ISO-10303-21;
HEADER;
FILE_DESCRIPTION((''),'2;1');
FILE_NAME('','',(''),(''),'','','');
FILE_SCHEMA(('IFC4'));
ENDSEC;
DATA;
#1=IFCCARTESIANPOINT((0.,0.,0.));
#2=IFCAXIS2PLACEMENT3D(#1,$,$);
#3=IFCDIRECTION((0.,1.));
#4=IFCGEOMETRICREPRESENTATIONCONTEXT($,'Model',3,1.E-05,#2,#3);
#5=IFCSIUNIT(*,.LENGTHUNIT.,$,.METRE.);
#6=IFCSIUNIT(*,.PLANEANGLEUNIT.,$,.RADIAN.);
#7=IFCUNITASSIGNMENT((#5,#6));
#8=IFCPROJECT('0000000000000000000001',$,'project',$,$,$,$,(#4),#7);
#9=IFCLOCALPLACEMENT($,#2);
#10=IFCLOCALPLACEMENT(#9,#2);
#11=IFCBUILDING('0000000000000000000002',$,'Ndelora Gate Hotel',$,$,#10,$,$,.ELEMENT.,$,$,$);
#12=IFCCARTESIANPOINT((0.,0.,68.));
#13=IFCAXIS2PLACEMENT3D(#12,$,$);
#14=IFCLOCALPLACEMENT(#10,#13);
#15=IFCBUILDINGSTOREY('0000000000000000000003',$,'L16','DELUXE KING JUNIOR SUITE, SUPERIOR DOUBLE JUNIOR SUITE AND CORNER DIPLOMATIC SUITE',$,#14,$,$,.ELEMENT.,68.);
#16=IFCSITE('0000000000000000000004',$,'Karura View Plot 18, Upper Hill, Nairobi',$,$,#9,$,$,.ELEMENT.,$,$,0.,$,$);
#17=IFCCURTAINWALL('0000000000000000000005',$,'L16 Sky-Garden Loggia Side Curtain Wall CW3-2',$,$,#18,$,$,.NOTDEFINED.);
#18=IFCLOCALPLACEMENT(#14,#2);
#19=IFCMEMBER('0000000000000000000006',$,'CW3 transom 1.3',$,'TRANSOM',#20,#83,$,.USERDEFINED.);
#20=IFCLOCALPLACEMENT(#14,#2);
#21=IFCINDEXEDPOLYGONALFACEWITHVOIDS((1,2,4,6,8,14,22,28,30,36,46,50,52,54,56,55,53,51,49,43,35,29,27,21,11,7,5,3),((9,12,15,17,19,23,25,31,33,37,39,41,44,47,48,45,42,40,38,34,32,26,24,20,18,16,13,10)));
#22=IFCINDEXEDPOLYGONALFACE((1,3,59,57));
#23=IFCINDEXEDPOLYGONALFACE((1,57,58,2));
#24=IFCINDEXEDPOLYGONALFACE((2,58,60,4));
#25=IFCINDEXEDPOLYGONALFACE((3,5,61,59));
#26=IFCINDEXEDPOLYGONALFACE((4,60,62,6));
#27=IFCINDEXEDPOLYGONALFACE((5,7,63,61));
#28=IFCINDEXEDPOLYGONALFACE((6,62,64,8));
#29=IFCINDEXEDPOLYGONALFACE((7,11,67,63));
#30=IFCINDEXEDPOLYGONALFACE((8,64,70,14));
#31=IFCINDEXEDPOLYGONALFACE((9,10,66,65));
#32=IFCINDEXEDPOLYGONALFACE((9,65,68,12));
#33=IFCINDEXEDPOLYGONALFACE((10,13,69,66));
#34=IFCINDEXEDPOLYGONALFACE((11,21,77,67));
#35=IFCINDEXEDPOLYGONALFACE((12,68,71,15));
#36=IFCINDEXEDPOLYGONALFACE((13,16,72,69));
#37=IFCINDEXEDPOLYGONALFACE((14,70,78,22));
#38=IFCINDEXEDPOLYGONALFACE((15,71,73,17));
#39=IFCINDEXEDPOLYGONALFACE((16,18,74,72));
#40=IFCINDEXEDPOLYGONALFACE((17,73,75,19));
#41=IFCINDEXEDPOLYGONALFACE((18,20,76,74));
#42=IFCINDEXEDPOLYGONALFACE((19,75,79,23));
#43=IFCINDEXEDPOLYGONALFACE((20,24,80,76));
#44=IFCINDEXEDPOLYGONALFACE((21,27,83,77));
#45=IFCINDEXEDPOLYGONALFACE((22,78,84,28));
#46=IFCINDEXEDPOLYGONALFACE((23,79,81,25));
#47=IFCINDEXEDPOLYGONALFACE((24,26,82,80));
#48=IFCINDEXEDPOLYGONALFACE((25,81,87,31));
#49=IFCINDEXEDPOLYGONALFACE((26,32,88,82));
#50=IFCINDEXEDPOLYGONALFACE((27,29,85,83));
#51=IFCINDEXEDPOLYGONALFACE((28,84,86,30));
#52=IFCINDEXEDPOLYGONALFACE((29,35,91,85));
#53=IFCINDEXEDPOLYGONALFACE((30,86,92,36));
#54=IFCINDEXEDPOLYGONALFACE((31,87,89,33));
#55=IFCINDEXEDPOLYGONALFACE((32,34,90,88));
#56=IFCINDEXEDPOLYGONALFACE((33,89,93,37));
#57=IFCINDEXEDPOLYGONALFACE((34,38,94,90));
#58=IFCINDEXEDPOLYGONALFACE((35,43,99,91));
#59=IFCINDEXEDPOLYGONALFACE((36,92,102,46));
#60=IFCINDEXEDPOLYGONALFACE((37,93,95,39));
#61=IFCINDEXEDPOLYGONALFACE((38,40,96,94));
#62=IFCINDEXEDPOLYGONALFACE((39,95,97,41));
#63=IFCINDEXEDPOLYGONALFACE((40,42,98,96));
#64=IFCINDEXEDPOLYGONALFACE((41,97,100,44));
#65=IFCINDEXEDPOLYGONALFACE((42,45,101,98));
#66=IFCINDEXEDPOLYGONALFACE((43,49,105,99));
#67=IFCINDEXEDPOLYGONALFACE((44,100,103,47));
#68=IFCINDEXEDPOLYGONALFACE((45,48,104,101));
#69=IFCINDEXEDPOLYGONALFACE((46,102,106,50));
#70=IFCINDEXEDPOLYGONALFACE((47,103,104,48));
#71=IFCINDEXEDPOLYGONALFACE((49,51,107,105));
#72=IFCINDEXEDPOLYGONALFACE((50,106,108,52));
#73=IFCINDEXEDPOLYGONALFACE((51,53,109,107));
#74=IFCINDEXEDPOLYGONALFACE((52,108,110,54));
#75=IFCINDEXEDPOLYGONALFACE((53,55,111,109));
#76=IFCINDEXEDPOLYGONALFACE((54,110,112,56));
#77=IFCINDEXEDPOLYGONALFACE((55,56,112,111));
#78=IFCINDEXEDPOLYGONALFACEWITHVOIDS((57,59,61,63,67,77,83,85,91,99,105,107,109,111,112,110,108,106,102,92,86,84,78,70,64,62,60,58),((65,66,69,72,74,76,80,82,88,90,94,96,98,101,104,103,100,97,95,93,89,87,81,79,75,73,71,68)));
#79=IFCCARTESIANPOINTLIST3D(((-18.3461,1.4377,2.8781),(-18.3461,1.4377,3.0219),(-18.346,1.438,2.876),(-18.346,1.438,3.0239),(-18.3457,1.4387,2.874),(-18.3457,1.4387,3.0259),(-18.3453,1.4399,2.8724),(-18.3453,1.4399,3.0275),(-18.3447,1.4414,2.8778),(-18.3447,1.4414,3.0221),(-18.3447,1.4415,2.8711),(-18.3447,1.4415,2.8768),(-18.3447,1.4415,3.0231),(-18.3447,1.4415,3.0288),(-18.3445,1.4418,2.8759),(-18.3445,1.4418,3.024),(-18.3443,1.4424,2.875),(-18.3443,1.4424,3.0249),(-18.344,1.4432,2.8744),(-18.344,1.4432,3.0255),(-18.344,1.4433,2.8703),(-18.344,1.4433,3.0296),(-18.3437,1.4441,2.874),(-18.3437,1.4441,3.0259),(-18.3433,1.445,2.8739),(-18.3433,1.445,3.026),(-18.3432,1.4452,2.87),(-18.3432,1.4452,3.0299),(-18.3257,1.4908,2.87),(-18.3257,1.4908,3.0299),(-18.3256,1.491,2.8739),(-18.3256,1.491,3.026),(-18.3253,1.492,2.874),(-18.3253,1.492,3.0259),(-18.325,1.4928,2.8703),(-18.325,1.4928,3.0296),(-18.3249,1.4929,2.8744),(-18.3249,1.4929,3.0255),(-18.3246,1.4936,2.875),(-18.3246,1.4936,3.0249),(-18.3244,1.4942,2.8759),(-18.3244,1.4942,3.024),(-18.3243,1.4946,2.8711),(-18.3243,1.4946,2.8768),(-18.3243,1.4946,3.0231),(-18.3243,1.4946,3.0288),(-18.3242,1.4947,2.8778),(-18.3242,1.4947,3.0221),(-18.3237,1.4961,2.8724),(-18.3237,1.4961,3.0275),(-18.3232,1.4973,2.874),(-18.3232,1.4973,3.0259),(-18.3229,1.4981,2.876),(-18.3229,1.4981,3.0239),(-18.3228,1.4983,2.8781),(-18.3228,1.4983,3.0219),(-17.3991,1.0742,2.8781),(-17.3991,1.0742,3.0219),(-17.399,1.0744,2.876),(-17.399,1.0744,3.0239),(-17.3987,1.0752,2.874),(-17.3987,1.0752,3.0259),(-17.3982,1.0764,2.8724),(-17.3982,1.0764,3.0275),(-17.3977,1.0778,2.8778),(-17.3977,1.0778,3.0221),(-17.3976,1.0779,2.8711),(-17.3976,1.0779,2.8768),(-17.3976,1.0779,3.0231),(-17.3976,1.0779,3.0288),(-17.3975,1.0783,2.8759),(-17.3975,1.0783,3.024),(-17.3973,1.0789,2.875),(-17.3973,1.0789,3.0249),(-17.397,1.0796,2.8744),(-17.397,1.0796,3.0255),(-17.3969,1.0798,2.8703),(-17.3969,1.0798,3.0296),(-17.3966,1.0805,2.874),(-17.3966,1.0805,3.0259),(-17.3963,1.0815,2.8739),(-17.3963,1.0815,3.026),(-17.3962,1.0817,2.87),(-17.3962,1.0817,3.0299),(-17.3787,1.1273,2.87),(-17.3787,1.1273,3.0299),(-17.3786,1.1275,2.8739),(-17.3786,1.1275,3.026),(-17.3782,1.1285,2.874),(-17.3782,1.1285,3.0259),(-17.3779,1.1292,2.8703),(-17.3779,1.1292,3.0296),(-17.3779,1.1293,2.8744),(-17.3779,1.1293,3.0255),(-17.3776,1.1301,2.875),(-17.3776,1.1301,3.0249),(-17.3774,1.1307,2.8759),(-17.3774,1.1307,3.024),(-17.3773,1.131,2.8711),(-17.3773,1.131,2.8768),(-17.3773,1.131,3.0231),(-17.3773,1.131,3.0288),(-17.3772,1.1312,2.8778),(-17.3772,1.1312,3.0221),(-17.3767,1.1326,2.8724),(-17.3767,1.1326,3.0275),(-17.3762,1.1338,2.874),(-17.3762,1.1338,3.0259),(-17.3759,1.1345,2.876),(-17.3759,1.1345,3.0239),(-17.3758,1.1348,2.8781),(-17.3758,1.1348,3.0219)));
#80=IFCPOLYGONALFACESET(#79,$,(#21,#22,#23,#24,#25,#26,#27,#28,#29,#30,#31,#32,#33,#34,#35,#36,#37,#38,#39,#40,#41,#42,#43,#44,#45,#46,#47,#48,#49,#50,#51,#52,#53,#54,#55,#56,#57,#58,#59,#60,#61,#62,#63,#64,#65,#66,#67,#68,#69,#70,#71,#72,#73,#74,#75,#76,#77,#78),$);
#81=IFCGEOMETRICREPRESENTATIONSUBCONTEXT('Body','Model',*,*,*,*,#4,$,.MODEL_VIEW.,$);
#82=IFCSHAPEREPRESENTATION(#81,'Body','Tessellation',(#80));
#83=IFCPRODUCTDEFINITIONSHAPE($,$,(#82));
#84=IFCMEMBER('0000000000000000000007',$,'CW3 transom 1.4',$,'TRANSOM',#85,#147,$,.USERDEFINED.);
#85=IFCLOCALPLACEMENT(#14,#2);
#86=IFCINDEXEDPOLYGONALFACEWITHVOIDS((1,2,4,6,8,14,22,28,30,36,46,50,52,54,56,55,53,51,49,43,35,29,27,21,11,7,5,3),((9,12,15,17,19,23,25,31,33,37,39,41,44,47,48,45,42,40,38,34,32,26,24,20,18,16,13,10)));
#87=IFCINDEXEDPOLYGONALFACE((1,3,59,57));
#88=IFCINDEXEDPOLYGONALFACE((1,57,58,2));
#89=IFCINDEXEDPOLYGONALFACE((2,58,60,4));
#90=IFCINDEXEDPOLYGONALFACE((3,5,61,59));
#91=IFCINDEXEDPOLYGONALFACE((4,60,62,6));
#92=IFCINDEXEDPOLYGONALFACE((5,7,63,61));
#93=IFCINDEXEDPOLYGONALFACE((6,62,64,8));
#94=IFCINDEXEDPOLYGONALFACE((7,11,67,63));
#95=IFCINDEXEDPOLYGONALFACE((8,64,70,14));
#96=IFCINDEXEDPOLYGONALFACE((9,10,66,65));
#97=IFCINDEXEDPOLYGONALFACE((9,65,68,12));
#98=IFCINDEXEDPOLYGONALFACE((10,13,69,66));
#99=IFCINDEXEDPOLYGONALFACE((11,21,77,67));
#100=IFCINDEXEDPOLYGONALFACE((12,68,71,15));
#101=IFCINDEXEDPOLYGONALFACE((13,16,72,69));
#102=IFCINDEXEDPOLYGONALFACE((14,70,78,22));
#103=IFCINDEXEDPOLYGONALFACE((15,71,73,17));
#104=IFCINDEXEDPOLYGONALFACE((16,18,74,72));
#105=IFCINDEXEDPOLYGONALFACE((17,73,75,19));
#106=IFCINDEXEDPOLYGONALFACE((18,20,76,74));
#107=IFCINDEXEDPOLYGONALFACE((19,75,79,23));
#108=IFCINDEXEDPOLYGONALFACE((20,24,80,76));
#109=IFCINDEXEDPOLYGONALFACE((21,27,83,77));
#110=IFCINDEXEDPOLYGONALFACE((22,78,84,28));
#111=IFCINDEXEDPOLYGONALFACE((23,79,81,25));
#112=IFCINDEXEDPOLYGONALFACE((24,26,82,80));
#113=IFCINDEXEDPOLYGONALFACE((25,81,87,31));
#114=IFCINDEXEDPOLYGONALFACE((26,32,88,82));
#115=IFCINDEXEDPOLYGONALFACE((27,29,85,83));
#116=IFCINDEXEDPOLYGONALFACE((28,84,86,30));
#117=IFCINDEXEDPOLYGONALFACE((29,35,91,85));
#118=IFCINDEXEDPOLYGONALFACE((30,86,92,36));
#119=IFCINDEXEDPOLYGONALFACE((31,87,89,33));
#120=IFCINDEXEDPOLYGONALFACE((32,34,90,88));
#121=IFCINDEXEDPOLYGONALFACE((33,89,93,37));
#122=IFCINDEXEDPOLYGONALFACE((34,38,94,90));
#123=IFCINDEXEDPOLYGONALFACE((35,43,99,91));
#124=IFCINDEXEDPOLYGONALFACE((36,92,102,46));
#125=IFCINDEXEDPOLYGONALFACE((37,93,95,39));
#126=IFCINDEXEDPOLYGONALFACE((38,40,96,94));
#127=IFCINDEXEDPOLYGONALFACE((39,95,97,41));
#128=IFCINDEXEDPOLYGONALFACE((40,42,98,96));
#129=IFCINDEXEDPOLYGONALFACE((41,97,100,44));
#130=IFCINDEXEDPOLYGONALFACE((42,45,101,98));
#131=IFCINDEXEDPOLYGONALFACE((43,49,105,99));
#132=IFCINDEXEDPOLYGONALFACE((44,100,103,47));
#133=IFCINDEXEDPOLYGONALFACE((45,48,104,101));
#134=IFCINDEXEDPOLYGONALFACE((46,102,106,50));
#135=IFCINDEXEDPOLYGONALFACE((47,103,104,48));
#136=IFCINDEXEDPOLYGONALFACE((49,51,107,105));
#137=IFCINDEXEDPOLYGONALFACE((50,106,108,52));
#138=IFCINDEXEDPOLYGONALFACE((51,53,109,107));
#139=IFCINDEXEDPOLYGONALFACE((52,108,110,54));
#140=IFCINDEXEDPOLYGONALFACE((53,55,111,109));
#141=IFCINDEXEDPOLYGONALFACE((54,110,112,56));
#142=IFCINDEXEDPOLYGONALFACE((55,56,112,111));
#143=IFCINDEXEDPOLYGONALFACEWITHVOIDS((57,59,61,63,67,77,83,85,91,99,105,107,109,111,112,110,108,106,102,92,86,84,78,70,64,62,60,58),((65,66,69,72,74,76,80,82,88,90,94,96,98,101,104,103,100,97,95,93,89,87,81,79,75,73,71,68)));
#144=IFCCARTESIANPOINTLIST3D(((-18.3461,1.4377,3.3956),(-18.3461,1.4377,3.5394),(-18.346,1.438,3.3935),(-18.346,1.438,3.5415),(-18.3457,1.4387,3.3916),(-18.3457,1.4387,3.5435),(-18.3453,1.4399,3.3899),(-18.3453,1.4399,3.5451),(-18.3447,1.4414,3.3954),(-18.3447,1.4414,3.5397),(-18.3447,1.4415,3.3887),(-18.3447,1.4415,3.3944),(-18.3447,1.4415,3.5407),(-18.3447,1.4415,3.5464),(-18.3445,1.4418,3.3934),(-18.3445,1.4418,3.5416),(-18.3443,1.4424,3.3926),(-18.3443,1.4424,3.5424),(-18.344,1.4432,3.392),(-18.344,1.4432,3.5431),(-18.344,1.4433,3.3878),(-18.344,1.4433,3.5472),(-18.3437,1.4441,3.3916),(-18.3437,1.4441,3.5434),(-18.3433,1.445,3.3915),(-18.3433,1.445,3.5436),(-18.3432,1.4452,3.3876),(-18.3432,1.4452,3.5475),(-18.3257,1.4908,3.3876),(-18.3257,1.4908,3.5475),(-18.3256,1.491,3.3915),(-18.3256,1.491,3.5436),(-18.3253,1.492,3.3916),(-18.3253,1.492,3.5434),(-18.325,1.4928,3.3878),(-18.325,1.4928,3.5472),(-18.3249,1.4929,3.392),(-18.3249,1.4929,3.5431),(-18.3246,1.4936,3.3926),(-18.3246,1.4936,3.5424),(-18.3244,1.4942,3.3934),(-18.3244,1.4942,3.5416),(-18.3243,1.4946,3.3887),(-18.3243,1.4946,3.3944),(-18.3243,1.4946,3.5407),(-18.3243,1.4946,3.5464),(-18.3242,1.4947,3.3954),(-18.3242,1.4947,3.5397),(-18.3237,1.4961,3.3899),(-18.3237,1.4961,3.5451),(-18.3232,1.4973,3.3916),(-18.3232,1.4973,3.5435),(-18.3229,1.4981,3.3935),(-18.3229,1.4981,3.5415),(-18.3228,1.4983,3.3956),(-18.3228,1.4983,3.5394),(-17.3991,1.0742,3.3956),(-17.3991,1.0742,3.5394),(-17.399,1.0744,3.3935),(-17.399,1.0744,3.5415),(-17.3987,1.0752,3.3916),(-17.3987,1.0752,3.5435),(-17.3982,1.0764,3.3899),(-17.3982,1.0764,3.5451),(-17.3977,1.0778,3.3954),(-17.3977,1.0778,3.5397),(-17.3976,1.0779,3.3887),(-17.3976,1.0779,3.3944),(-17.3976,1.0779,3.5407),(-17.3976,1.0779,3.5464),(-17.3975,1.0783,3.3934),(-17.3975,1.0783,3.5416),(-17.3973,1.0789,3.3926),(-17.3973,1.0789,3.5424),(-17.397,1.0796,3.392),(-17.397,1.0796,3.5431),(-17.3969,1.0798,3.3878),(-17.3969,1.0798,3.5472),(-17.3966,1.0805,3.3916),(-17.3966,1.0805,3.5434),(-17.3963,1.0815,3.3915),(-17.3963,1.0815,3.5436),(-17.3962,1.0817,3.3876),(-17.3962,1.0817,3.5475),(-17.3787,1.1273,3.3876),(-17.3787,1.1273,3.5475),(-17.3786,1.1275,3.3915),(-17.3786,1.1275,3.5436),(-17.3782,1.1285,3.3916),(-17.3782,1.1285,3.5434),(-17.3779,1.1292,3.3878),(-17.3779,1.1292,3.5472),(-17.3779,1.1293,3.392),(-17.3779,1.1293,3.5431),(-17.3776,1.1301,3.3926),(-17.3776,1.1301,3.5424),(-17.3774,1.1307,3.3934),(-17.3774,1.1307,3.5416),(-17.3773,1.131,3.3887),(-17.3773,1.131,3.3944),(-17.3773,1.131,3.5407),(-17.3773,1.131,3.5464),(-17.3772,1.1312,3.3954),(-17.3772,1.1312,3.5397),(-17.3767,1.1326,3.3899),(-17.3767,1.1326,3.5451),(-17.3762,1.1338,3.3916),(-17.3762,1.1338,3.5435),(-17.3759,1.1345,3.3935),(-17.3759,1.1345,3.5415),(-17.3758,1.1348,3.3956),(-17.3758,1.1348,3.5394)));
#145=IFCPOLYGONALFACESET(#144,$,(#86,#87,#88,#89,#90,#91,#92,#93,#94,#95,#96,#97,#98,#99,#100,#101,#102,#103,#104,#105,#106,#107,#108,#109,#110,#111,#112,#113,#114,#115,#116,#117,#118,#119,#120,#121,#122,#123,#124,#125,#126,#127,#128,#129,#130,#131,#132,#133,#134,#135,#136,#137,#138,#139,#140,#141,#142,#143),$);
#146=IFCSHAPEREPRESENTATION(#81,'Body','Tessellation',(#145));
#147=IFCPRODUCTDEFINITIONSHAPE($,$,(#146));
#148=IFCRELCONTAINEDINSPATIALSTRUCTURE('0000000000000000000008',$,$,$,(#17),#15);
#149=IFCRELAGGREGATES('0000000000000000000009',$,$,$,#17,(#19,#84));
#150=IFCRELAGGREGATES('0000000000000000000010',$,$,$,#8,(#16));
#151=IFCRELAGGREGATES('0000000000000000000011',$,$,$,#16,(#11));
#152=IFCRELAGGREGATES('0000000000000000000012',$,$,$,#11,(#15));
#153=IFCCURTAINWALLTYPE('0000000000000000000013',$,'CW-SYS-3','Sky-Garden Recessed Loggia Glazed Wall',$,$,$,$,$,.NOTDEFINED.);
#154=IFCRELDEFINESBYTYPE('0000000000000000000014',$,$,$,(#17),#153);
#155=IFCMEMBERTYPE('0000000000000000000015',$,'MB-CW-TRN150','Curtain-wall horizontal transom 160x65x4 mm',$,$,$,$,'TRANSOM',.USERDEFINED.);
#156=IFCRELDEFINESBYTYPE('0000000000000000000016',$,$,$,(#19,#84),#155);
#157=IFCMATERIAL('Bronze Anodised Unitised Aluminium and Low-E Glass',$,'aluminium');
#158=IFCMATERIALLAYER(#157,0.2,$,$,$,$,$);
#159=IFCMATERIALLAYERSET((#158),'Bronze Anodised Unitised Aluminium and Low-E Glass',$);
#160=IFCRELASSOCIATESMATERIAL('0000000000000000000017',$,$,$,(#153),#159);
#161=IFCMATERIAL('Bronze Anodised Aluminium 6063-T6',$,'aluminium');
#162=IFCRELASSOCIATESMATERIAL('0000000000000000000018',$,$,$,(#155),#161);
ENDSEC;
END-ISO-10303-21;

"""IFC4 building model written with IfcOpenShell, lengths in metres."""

from ifc_helpers import new_model, si_unit, direction, frame, origin, origin_2d, place, context, subcontext, project, spatial, hollow_rectangle, extrude, material, layer, layer_set, material_profile, profile_set, type_object, element, aggregate, save


model = new_model("IFC4")

# Units and contexts
model_context = context("Model", 3, precision=1e-05, world=origin(), true_north=direction((0.0, 1.0)))
body_context = subcontext(model_context, "Body", "Model", "MODEL_VIEW")
ifc_project = project(units=[si_unit("LENGTHUNIT", "METRE"), si_unit("PLANEANGLEUNIT", "RADIAN")], contexts=[model_context])

# Site, building, storey
site_placement = place(None, origin())
site = spatial("IfcSite", under=ifc_project, at=site_placement, Name="Karura View Plot 18, Upper Hill, Nairobi", CompositionType="ELEMENT", RefElevation=0.0)
building_placement = place(site_placement, origin())
building = spatial("IfcBuilding", under=site, at=building_placement, Name="Ndelora Gate Hotel", CompositionType="ELEMENT")
storey_placement = place(building_placement, frame((0.0, 0.0, 68.0)))
storey = spatial("IfcBuildingStorey", under=building, at=storey_placement, Name="L16", Description="DELUXE KING JUNIOR SUITE, SUPERIOR DOUBLE JUNIOR SUITE AND CORNER DIPLOMATIC SUITE", CompositionType="ELEMENT", Elevation=68.0)

# Curtain wall, members
ifc_material_1 = material(Name="Bronze Anodised Unitised Aluminium and Low-E Glass", Category="aluminium")
ifc_layer_1 = layer(ifc_material_1, 0.2)
ifc_layer_set_1 = layer_set([ifc_layer_1], Name="Bronze Anodised Unitised Aluminium and Low-E Glass")
curtain_wall_type = type_object("IfcCurtainWallType", Name="CW-SYS-3", Description="Sky-Garden Recessed Loggia Glazed Wall", PredefinedType="NOTDEFINED", material=ifc_layer_set_1)
curtain_wall_placement = place(storey_placement, origin())
curtain_wall = element("IfcCurtainWall", 1, at=curtain_wall_placement, inside=storey, type_object=curtain_wall_type, Name="L16 Sky-Garden Loggia Side Curtain Wall CW3-2", PredefinedType="NOTDEFINED")
ifc_material_2 = material(Name="Bronze Anodised Aluminium 6063-T6", Category="aluminium")
ifc_material_profile_1 = material_profile(ifc_material_2, hollow_rectangle(XDim=0.0649, YDim=0.1599, WallThickness=0.0039, InnerFilletRadius=0.0039, OuterFilletRadius=0.0081, at=origin_2d()), Name="ALU 160x65x4")
ifc_profile_set_1 = profile_set([ifc_material_profile_1], Name="Bronze Anodised Aluminium 6063-T6")
member_type_1 = type_object("IfcMemberType", Name="MB-CW-TRN150", Description="Curtain-wall horizontal transom 160x65x4 mm", ElementType="TRANSOM", PredefinedType="USERDEFINED", material=ifc_profile_set_1)
member_1_placement = place(storey_placement, frame((-18.3345, 1.468, 2.95), z_axis=(0.933581, -0.358366, 0.0), x_axis=(0.358366, 0.933581, 0.0)))
member_1 = element("IfcMember", 2, at=member_1_placement, type_object=member_type_1, Name="CW3 transom 1.3", ObjectType="TRANSOM", PredefinedType="USERDEFINED", context=body_context, shape_type="SweptSolid", body=[
    extrude(hollow_rectangle(XDim=0.0649, YDim=0.1599, WallThickness=0.0039, InnerFilletRadius=0.0039, OuterFilletRadius=0.0081, at=origin_2d()), origin(), (0.0, 0.0, 1.0), 1.0144),
])
member_2_placement = place(storey_placement, frame((-18.3345, 1.468, 3.4675), z_axis=(0.933581, -0.358366, 0.0), x_axis=(0.358366, 0.933581, 0.0)))
member_2 = element("IfcMember", 3, at=member_2_placement, type_object=member_type_1, Name="CW3 transom 1.4", ObjectType="TRANSOM", PredefinedType="USERDEFINED", context=body_context, shape_type="SweptSolid", body=[
    extrude(hollow_rectangle(XDim=0.0649, YDim=0.1599, WallThickness=0.0039, InnerFilletRadius=0.0039, OuterFilletRadius=0.0081, at=origin_2d()), origin(), (0.0, 0.0, 1.0), 1.0144),
])
aggregate(curtain_wall, [member_1, member_2])

save(model, "model.ifc")
